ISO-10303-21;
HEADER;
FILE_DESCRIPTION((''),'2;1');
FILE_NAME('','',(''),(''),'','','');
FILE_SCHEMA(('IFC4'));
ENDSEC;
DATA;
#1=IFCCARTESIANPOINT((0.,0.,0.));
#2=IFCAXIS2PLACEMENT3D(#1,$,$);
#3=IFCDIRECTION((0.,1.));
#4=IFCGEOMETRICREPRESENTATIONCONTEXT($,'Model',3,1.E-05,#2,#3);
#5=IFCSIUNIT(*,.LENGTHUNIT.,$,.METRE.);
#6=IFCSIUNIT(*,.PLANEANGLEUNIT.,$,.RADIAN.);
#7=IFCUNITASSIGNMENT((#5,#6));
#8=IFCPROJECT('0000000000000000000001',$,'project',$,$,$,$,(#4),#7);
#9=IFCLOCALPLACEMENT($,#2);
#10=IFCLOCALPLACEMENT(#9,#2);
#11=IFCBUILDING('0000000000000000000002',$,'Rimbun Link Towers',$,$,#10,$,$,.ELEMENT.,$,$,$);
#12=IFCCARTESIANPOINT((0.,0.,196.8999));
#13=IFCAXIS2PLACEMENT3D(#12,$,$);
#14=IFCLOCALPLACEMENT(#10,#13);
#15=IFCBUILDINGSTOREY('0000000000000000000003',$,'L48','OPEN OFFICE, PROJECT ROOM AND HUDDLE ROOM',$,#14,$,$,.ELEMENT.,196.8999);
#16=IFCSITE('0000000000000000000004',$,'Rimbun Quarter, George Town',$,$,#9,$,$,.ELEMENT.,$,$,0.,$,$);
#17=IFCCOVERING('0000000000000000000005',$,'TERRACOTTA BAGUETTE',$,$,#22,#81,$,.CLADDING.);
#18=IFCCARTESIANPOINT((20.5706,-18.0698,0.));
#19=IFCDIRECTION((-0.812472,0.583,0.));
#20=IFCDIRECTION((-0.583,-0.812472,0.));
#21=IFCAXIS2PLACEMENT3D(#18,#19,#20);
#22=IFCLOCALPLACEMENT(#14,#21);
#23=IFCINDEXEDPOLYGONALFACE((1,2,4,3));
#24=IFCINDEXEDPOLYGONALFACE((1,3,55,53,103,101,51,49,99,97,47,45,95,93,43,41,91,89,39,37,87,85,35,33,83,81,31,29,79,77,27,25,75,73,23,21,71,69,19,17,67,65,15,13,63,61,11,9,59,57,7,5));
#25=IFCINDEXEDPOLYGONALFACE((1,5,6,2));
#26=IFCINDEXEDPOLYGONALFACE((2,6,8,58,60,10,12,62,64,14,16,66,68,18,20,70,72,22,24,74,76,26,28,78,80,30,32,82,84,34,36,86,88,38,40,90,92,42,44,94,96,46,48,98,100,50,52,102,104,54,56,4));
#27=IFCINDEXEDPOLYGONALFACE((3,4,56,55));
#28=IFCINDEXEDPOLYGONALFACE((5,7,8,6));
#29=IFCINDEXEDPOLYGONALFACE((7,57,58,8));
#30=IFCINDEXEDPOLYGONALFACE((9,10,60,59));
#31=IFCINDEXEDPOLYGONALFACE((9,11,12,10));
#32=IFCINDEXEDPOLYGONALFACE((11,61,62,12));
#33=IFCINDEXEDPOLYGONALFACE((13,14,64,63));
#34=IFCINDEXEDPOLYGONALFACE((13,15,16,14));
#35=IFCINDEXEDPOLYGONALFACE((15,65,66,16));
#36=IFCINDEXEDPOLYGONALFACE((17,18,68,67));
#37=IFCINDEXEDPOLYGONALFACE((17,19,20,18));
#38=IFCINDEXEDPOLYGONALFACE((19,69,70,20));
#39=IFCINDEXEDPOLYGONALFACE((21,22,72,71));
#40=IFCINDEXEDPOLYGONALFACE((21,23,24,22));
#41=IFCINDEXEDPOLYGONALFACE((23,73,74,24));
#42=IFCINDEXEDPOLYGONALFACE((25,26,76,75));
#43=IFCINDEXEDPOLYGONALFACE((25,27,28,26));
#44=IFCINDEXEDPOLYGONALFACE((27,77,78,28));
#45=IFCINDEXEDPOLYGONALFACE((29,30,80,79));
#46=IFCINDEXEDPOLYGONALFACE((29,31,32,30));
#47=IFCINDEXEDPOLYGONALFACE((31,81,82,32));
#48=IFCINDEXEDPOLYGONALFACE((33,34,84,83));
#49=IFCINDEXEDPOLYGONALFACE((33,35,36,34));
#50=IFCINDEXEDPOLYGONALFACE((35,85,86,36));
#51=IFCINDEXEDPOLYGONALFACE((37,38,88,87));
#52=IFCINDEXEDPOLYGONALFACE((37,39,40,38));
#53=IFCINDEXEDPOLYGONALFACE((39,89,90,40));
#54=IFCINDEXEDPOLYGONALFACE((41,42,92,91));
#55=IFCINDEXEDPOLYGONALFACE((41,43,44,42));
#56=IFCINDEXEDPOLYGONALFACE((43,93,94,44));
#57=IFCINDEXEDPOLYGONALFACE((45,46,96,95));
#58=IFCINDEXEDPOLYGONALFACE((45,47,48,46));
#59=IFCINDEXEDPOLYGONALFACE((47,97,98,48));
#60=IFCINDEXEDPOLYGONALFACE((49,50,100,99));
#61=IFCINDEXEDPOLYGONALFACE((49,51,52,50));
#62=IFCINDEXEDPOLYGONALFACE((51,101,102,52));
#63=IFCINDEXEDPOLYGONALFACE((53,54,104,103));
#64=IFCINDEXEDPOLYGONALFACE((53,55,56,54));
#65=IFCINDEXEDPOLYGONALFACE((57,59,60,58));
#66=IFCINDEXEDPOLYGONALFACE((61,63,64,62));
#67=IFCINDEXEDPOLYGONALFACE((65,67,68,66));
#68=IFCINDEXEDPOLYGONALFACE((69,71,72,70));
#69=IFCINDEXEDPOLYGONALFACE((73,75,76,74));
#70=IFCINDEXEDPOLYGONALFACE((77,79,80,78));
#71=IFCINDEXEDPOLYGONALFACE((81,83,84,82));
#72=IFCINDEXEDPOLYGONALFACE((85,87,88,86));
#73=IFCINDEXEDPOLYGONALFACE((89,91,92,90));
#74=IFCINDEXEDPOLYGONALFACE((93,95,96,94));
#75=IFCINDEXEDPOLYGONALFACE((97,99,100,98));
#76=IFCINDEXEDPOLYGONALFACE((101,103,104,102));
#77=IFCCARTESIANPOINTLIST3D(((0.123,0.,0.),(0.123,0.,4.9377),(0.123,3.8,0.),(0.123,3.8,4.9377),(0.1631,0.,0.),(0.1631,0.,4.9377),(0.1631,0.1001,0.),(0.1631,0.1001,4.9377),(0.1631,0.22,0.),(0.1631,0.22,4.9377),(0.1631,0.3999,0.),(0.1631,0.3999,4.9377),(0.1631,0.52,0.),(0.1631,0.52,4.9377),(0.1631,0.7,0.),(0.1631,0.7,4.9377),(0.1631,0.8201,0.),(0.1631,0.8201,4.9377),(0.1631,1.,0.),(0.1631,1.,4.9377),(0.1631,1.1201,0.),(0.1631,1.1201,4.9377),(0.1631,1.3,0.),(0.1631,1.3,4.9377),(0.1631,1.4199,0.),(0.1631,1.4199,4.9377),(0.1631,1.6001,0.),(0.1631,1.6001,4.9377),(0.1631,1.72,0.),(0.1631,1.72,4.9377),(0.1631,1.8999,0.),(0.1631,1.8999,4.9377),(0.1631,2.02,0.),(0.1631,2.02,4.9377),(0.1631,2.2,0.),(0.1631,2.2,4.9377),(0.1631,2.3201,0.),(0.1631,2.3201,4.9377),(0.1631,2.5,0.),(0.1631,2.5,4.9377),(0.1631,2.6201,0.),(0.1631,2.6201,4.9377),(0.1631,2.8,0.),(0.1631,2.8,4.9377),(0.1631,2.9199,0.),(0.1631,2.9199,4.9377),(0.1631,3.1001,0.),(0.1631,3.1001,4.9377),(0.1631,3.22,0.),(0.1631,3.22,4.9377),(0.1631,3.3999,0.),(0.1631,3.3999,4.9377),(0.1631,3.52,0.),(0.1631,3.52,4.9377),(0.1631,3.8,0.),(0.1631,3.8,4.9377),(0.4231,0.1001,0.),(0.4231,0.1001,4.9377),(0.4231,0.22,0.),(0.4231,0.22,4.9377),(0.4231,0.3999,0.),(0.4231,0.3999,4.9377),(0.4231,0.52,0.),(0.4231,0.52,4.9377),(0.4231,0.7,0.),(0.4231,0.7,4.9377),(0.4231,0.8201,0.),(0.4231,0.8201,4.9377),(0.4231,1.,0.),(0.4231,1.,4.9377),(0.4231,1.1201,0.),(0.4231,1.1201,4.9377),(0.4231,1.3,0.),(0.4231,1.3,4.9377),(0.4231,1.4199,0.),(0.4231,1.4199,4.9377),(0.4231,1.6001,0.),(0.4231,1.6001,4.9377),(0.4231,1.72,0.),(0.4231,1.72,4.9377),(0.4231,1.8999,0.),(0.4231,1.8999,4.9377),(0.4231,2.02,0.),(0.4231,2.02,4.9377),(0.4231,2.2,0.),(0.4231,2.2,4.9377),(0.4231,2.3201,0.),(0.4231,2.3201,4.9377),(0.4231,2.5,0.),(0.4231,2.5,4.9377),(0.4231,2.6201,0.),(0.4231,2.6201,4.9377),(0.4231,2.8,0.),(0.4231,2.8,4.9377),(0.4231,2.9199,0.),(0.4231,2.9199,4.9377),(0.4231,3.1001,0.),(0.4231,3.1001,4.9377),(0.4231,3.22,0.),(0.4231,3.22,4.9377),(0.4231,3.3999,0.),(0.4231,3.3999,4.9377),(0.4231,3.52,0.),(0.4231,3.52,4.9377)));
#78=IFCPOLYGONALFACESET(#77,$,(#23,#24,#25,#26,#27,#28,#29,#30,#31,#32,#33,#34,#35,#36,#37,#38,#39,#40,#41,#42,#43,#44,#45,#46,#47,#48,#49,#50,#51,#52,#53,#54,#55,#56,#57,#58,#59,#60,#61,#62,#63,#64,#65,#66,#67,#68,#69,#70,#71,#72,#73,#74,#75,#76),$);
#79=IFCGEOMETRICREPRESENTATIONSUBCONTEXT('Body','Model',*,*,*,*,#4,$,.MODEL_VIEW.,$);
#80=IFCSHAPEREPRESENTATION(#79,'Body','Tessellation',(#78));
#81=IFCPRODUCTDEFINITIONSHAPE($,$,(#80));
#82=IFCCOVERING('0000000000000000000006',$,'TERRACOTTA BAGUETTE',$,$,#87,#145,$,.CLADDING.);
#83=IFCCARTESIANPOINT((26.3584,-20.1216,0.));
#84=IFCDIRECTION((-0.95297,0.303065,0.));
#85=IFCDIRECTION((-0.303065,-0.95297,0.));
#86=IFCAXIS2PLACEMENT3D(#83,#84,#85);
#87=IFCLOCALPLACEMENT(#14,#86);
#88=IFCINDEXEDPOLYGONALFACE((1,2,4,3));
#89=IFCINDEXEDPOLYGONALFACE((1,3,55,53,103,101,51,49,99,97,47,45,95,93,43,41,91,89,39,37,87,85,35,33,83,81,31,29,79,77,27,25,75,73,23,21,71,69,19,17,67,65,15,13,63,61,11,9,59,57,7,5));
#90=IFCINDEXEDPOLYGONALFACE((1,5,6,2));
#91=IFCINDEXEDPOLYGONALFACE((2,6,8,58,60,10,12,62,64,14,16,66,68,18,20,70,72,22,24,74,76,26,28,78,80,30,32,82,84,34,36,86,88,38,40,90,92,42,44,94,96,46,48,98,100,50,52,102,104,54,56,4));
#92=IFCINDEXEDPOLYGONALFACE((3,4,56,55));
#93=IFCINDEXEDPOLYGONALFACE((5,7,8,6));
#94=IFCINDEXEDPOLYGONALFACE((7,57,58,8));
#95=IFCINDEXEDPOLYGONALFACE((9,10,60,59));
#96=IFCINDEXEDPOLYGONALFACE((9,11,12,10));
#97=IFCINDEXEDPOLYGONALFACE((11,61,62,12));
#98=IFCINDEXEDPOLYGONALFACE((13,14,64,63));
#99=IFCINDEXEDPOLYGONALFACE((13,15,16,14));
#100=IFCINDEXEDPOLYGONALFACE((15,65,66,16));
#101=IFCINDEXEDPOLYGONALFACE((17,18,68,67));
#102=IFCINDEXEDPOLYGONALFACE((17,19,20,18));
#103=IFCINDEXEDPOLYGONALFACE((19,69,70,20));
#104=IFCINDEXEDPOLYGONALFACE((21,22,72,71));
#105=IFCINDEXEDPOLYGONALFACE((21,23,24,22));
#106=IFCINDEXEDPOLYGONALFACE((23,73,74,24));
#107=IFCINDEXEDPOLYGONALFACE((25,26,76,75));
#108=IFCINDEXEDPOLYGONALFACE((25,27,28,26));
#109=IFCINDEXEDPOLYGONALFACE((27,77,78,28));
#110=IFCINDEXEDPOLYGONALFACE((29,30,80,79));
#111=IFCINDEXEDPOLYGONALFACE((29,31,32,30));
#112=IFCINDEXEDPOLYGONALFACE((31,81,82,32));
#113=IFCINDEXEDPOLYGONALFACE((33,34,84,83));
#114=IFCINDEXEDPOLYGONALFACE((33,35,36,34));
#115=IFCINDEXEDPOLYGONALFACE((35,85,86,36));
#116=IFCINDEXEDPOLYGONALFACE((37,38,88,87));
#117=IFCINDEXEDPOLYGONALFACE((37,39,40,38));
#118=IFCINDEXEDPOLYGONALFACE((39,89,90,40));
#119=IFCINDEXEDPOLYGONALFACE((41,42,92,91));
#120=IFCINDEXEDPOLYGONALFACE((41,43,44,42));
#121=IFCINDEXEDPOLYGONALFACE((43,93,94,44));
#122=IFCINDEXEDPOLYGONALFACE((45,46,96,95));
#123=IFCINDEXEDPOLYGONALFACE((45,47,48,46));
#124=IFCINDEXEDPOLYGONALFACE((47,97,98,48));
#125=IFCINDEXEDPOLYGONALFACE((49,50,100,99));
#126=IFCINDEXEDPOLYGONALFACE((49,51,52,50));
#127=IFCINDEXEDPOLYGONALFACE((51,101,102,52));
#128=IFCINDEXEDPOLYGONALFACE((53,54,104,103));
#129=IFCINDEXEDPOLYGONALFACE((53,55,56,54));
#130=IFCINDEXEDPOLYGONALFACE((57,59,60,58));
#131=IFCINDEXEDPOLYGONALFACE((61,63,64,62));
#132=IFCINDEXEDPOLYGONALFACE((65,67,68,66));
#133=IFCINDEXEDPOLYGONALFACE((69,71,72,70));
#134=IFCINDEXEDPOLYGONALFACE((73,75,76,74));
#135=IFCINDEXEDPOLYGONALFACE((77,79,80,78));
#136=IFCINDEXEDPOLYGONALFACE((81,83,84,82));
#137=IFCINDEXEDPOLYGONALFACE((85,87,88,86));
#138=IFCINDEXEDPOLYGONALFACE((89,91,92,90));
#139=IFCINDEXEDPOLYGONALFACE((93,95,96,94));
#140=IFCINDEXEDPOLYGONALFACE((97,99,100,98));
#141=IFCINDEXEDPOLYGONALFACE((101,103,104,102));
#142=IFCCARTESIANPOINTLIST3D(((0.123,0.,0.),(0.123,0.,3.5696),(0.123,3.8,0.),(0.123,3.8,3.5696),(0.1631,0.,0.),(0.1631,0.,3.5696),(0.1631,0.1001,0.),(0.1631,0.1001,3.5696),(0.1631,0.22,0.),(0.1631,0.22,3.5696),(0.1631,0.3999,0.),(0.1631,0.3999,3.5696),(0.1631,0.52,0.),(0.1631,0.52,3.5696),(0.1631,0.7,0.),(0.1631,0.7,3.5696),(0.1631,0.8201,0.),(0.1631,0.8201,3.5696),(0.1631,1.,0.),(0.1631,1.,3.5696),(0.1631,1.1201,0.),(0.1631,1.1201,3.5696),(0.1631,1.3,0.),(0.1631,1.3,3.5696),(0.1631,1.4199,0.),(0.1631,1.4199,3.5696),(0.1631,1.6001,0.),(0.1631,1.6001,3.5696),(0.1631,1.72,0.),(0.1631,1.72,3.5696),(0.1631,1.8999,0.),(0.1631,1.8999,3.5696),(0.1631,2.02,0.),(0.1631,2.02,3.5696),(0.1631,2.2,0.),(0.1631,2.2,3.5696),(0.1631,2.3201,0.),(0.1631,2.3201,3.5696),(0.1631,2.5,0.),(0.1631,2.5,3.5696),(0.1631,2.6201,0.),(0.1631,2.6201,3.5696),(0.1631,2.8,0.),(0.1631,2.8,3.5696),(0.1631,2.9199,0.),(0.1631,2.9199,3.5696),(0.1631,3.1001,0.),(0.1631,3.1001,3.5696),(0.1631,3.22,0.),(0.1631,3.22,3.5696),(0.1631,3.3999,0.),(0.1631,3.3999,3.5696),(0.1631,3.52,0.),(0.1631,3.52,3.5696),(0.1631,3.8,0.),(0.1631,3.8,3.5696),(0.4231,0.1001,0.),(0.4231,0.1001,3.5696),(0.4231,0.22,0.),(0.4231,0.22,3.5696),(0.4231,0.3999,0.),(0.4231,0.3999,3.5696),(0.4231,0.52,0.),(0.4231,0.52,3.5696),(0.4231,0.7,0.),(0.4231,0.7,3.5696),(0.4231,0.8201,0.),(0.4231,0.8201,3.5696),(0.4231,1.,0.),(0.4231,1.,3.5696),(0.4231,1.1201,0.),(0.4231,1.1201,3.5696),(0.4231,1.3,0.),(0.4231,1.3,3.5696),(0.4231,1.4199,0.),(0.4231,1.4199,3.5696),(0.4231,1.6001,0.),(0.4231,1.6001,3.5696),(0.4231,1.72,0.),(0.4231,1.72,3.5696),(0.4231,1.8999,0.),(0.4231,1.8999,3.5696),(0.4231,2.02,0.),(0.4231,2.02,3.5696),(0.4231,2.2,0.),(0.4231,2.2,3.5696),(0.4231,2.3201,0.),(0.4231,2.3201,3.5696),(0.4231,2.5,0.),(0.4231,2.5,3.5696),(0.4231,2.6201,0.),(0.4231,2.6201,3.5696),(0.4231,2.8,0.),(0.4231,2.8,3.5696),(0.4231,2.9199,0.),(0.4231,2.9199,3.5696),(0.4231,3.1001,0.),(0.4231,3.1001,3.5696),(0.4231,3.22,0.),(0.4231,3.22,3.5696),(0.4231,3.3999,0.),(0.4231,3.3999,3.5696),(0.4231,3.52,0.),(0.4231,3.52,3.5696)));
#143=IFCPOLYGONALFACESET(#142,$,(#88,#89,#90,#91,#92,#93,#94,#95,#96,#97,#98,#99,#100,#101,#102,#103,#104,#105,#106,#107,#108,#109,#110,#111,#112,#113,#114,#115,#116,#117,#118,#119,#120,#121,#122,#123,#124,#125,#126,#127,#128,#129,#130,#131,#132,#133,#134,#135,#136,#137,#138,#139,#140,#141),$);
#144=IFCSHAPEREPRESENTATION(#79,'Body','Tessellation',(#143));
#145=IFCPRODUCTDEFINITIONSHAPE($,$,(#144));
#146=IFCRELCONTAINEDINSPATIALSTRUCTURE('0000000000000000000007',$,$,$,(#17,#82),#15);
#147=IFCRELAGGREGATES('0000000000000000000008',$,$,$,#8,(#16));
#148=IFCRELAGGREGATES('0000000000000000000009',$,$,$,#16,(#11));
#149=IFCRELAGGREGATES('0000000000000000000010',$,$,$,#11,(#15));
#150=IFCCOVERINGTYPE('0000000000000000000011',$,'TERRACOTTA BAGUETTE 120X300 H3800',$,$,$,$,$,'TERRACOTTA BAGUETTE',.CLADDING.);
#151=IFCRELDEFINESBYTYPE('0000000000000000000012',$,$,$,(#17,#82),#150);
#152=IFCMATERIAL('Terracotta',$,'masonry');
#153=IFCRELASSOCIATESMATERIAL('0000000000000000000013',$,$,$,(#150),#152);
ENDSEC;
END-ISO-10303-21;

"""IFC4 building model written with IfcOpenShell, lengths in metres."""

from ifc_helpers import new_model, si_unit, direction, frame, origin, place, context, subcontext, project, spatial, polyline, outline, extrude, material, material_profile, profile_set, type_object, element, save


model = new_model("IFC4")

# Units and contexts
model_context = context("Model", 3, precision=1e-05, world=origin(), true_north=direction((0.0, 1.0)))
body_context = subcontext(model_context, "Body", "Model", "MODEL_VIEW")
ifc_project = project(units=[si_unit("LENGTHUNIT", "METRE"), si_unit("PLANEANGLEUNIT", "RADIAN")], contexts=[model_context])

# Site, building, storey
site_placement = place(None, origin())
site = spatial("IfcSite", under=ifc_project, at=site_placement, Name="Rimbun Quarter, George Town", CompositionType="ELEMENT", RefElevation=0.0)
building_placement = place(site_placement, origin())
building = spatial("IfcBuilding", under=site, at=building_placement, Name="Rimbun Link Towers", CompositionType="ELEMENT")
storey_placement = place(building_placement, frame((0.0, 0.0, 196.8999)))
storey = spatial("IfcBuildingStorey", under=building, at=storey_placement, Name="L48", Description="OPEN OFFICE, PROJECT ROOM AND HUDDLE ROOM", CompositionType="ELEMENT", Elevation=196.8999)

# Coverings
ifc_material_1 = material(Name="Terracotta", Category="masonry")
ifc_material_profile_1 = material_profile(ifc_material_1, outline(polyline([(0.123, 0.0), (0.1631, 0.0), (0.1631, 0.1001), (0.4231, 0.1001), (0.4231, 0.22), (0.1631, 0.22), (0.1631, 0.3999), (0.4231, 0.3999), (0.4231, 0.52), (0.1631, 0.52), (0.1631, 0.7), (0.4231, 0.7), (0.4231, 0.8201), (0.1631, 0.8201), (0.1631, 1.0), (0.4231, 1.0), (0.4231, 1.1201), (0.1631, 1.1201), (0.1631, 1.3), (0.4231, 1.3), (0.4231, 1.4199), (0.1631, 1.4199), (0.1631, 1.6001), (0.4231, 1.6001), (0.4231, 1.72), (0.1631, 1.72), (0.1631, 1.8999), (0.4231, 1.8999), (0.4231, 2.02), (0.1631, 2.02), (0.1631, 2.2), (0.4231, 2.2), (0.4231, 2.3201), (0.1631, 2.3201), (0.1631, 2.5), (0.4231, 2.5), (0.4231, 2.6201), (0.1631, 2.6201), (0.1631, 2.8), (0.4231, 2.8), (0.4231, 2.9199), (0.1631, 2.9199), (0.1631, 3.1001), (0.4231, 3.1001), (0.4231, 3.22), (0.1631, 3.22), (0.1631, 3.3999), (0.4231, 3.3999), (0.4231, 3.52), (0.1631, 3.52), (0.1631, 3.8), (0.123, 3.8), (0.123, 0.0)])), Name="BAGUETTE 120X300")
ifc_profile_set_1 = profile_set([ifc_material_profile_1], Name="Terracotta")
covering_type = type_object("IfcCoveringType", Name="TERRACOTTA BAGUETTE 120X300 H3800", ElementType="TERRACOTTA BAGUETTE", PredefinedType="CLADDING", material=ifc_profile_set_1)
covering_1_placement = place(storey_placement, frame((20.5706, -18.0698, 0.0), z_axis=(-0.812472, 0.583, 0.0), x_axis=(-0.583, -0.812472, 0.0)))
element("IfcCovering", 1, at=covering_1_placement, inside=storey, type_object=covering_type, Name="TERRACOTTA BAGUETTE", PredefinedType="CLADDING", context=body_context, shape_type="SweptSolid", body=[
    extrude(outline(polyline([(0.123, 0.0), (0.1631, 0.0), (0.1631, 0.1001), (0.4231, 0.1001), (0.4231, 0.22), (0.1631, 0.22), (0.1631, 0.3999), (0.4231, 0.3999), (0.4231, 0.52), (0.1631, 0.52), (0.1631, 0.7), (0.4231, 0.7), (0.4231, 0.8201), (0.1631, 0.8201), (0.1631, 1.0), (0.4231, 1.0), (0.4231, 1.1201), (0.1631, 1.1201), (0.1631, 1.3), (0.4231, 1.3), (0.4231, 1.4199), (0.1631, 1.4199), (0.1631, 1.6001), (0.4231, 1.6001), (0.4231, 1.72), (0.1631, 1.72), (0.1631, 1.8999), (0.4231, 1.8999), (0.4231, 2.02), (0.1631, 2.02), (0.1631, 2.2), (0.4231, 2.2), (0.4231, 2.3201), (0.1631, 2.3201), (0.1631, 2.5), (0.4231, 2.5), (0.4231, 2.6201), (0.1631, 2.6201), (0.1631, 2.8), (0.4231, 2.8), (0.4231, 2.9199), (0.1631, 2.9199), (0.1631, 3.1001), (0.4231, 3.1001), (0.4231, 3.22), (0.1631, 3.22), (0.1631, 3.3999), (0.4231, 3.3999), (0.4231, 3.52), (0.1631, 3.52), (0.1631, 3.8), (0.123, 3.8), (0.123, 0.0)])), origin(), (0.0, 0.0, 1.0), 4.9377),
])
covering_2_placement = place(storey_placement, frame((26.3584, -20.1216, 0.0), z_axis=(-0.95297, 0.303065, 0.0), x_axis=(-0.303065, -0.95297, 0.0)))
element("IfcCovering", 2, at=covering_2_placement, inside=storey, type_object=covering_type, Name="TERRACOTTA BAGUETTE", PredefinedType="CLADDING", context=body_context, shape_type="SweptSolid", body=[
    extrude(outline(polyline([(0.123, 0.0), (0.1631, 0.0), (0.1631, 0.1001), (0.4231, 0.1001), (0.4231, 0.22), (0.1631, 0.22), (0.1631, 0.3999), (0.4231, 0.3999), (0.4231, 0.52), (0.1631, 0.52), (0.1631, 0.7), (0.4231, 0.7), (0.4231, 0.8201), (0.1631, 0.8201), (0.1631, 1.0), (0.4231, 1.0), (0.4231, 1.1201), (0.1631, 1.1201), (0.1631, 1.3), (0.4231, 1.3), (0.4231, 1.4199), (0.1631, 1.4199), (0.1631, 1.6001), (0.4231, 1.6001), (0.4231, 1.72), (0.1631, 1.72), (0.1631, 1.8999), (0.4231, 1.8999), (0.4231, 2.02), (0.1631, 2.02), (0.1631, 2.2), (0.4231, 2.2), (0.4231, 2.3201), (0.1631, 2.3201), (0.1631, 2.5), (0.4231, 2.5), (0.4231, 2.6201), (0.1631, 2.6201), (0.1631, 2.8), (0.4231, 2.8), (0.4231, 2.9199), (0.1631, 2.9199), (0.1631, 3.1001), (0.4231, 3.1001), (0.4231, 3.22), (0.1631, 3.22), (0.1631, 3.3999), (0.4231, 3.3999), (0.4231, 3.52), (0.1631, 3.52), (0.1631, 3.8), (0.123, 3.8), (0.123, 0.0)])), origin(), (0.0, 0.0, 1.0), 3.5696),
])

save(model, "model.ifc")
